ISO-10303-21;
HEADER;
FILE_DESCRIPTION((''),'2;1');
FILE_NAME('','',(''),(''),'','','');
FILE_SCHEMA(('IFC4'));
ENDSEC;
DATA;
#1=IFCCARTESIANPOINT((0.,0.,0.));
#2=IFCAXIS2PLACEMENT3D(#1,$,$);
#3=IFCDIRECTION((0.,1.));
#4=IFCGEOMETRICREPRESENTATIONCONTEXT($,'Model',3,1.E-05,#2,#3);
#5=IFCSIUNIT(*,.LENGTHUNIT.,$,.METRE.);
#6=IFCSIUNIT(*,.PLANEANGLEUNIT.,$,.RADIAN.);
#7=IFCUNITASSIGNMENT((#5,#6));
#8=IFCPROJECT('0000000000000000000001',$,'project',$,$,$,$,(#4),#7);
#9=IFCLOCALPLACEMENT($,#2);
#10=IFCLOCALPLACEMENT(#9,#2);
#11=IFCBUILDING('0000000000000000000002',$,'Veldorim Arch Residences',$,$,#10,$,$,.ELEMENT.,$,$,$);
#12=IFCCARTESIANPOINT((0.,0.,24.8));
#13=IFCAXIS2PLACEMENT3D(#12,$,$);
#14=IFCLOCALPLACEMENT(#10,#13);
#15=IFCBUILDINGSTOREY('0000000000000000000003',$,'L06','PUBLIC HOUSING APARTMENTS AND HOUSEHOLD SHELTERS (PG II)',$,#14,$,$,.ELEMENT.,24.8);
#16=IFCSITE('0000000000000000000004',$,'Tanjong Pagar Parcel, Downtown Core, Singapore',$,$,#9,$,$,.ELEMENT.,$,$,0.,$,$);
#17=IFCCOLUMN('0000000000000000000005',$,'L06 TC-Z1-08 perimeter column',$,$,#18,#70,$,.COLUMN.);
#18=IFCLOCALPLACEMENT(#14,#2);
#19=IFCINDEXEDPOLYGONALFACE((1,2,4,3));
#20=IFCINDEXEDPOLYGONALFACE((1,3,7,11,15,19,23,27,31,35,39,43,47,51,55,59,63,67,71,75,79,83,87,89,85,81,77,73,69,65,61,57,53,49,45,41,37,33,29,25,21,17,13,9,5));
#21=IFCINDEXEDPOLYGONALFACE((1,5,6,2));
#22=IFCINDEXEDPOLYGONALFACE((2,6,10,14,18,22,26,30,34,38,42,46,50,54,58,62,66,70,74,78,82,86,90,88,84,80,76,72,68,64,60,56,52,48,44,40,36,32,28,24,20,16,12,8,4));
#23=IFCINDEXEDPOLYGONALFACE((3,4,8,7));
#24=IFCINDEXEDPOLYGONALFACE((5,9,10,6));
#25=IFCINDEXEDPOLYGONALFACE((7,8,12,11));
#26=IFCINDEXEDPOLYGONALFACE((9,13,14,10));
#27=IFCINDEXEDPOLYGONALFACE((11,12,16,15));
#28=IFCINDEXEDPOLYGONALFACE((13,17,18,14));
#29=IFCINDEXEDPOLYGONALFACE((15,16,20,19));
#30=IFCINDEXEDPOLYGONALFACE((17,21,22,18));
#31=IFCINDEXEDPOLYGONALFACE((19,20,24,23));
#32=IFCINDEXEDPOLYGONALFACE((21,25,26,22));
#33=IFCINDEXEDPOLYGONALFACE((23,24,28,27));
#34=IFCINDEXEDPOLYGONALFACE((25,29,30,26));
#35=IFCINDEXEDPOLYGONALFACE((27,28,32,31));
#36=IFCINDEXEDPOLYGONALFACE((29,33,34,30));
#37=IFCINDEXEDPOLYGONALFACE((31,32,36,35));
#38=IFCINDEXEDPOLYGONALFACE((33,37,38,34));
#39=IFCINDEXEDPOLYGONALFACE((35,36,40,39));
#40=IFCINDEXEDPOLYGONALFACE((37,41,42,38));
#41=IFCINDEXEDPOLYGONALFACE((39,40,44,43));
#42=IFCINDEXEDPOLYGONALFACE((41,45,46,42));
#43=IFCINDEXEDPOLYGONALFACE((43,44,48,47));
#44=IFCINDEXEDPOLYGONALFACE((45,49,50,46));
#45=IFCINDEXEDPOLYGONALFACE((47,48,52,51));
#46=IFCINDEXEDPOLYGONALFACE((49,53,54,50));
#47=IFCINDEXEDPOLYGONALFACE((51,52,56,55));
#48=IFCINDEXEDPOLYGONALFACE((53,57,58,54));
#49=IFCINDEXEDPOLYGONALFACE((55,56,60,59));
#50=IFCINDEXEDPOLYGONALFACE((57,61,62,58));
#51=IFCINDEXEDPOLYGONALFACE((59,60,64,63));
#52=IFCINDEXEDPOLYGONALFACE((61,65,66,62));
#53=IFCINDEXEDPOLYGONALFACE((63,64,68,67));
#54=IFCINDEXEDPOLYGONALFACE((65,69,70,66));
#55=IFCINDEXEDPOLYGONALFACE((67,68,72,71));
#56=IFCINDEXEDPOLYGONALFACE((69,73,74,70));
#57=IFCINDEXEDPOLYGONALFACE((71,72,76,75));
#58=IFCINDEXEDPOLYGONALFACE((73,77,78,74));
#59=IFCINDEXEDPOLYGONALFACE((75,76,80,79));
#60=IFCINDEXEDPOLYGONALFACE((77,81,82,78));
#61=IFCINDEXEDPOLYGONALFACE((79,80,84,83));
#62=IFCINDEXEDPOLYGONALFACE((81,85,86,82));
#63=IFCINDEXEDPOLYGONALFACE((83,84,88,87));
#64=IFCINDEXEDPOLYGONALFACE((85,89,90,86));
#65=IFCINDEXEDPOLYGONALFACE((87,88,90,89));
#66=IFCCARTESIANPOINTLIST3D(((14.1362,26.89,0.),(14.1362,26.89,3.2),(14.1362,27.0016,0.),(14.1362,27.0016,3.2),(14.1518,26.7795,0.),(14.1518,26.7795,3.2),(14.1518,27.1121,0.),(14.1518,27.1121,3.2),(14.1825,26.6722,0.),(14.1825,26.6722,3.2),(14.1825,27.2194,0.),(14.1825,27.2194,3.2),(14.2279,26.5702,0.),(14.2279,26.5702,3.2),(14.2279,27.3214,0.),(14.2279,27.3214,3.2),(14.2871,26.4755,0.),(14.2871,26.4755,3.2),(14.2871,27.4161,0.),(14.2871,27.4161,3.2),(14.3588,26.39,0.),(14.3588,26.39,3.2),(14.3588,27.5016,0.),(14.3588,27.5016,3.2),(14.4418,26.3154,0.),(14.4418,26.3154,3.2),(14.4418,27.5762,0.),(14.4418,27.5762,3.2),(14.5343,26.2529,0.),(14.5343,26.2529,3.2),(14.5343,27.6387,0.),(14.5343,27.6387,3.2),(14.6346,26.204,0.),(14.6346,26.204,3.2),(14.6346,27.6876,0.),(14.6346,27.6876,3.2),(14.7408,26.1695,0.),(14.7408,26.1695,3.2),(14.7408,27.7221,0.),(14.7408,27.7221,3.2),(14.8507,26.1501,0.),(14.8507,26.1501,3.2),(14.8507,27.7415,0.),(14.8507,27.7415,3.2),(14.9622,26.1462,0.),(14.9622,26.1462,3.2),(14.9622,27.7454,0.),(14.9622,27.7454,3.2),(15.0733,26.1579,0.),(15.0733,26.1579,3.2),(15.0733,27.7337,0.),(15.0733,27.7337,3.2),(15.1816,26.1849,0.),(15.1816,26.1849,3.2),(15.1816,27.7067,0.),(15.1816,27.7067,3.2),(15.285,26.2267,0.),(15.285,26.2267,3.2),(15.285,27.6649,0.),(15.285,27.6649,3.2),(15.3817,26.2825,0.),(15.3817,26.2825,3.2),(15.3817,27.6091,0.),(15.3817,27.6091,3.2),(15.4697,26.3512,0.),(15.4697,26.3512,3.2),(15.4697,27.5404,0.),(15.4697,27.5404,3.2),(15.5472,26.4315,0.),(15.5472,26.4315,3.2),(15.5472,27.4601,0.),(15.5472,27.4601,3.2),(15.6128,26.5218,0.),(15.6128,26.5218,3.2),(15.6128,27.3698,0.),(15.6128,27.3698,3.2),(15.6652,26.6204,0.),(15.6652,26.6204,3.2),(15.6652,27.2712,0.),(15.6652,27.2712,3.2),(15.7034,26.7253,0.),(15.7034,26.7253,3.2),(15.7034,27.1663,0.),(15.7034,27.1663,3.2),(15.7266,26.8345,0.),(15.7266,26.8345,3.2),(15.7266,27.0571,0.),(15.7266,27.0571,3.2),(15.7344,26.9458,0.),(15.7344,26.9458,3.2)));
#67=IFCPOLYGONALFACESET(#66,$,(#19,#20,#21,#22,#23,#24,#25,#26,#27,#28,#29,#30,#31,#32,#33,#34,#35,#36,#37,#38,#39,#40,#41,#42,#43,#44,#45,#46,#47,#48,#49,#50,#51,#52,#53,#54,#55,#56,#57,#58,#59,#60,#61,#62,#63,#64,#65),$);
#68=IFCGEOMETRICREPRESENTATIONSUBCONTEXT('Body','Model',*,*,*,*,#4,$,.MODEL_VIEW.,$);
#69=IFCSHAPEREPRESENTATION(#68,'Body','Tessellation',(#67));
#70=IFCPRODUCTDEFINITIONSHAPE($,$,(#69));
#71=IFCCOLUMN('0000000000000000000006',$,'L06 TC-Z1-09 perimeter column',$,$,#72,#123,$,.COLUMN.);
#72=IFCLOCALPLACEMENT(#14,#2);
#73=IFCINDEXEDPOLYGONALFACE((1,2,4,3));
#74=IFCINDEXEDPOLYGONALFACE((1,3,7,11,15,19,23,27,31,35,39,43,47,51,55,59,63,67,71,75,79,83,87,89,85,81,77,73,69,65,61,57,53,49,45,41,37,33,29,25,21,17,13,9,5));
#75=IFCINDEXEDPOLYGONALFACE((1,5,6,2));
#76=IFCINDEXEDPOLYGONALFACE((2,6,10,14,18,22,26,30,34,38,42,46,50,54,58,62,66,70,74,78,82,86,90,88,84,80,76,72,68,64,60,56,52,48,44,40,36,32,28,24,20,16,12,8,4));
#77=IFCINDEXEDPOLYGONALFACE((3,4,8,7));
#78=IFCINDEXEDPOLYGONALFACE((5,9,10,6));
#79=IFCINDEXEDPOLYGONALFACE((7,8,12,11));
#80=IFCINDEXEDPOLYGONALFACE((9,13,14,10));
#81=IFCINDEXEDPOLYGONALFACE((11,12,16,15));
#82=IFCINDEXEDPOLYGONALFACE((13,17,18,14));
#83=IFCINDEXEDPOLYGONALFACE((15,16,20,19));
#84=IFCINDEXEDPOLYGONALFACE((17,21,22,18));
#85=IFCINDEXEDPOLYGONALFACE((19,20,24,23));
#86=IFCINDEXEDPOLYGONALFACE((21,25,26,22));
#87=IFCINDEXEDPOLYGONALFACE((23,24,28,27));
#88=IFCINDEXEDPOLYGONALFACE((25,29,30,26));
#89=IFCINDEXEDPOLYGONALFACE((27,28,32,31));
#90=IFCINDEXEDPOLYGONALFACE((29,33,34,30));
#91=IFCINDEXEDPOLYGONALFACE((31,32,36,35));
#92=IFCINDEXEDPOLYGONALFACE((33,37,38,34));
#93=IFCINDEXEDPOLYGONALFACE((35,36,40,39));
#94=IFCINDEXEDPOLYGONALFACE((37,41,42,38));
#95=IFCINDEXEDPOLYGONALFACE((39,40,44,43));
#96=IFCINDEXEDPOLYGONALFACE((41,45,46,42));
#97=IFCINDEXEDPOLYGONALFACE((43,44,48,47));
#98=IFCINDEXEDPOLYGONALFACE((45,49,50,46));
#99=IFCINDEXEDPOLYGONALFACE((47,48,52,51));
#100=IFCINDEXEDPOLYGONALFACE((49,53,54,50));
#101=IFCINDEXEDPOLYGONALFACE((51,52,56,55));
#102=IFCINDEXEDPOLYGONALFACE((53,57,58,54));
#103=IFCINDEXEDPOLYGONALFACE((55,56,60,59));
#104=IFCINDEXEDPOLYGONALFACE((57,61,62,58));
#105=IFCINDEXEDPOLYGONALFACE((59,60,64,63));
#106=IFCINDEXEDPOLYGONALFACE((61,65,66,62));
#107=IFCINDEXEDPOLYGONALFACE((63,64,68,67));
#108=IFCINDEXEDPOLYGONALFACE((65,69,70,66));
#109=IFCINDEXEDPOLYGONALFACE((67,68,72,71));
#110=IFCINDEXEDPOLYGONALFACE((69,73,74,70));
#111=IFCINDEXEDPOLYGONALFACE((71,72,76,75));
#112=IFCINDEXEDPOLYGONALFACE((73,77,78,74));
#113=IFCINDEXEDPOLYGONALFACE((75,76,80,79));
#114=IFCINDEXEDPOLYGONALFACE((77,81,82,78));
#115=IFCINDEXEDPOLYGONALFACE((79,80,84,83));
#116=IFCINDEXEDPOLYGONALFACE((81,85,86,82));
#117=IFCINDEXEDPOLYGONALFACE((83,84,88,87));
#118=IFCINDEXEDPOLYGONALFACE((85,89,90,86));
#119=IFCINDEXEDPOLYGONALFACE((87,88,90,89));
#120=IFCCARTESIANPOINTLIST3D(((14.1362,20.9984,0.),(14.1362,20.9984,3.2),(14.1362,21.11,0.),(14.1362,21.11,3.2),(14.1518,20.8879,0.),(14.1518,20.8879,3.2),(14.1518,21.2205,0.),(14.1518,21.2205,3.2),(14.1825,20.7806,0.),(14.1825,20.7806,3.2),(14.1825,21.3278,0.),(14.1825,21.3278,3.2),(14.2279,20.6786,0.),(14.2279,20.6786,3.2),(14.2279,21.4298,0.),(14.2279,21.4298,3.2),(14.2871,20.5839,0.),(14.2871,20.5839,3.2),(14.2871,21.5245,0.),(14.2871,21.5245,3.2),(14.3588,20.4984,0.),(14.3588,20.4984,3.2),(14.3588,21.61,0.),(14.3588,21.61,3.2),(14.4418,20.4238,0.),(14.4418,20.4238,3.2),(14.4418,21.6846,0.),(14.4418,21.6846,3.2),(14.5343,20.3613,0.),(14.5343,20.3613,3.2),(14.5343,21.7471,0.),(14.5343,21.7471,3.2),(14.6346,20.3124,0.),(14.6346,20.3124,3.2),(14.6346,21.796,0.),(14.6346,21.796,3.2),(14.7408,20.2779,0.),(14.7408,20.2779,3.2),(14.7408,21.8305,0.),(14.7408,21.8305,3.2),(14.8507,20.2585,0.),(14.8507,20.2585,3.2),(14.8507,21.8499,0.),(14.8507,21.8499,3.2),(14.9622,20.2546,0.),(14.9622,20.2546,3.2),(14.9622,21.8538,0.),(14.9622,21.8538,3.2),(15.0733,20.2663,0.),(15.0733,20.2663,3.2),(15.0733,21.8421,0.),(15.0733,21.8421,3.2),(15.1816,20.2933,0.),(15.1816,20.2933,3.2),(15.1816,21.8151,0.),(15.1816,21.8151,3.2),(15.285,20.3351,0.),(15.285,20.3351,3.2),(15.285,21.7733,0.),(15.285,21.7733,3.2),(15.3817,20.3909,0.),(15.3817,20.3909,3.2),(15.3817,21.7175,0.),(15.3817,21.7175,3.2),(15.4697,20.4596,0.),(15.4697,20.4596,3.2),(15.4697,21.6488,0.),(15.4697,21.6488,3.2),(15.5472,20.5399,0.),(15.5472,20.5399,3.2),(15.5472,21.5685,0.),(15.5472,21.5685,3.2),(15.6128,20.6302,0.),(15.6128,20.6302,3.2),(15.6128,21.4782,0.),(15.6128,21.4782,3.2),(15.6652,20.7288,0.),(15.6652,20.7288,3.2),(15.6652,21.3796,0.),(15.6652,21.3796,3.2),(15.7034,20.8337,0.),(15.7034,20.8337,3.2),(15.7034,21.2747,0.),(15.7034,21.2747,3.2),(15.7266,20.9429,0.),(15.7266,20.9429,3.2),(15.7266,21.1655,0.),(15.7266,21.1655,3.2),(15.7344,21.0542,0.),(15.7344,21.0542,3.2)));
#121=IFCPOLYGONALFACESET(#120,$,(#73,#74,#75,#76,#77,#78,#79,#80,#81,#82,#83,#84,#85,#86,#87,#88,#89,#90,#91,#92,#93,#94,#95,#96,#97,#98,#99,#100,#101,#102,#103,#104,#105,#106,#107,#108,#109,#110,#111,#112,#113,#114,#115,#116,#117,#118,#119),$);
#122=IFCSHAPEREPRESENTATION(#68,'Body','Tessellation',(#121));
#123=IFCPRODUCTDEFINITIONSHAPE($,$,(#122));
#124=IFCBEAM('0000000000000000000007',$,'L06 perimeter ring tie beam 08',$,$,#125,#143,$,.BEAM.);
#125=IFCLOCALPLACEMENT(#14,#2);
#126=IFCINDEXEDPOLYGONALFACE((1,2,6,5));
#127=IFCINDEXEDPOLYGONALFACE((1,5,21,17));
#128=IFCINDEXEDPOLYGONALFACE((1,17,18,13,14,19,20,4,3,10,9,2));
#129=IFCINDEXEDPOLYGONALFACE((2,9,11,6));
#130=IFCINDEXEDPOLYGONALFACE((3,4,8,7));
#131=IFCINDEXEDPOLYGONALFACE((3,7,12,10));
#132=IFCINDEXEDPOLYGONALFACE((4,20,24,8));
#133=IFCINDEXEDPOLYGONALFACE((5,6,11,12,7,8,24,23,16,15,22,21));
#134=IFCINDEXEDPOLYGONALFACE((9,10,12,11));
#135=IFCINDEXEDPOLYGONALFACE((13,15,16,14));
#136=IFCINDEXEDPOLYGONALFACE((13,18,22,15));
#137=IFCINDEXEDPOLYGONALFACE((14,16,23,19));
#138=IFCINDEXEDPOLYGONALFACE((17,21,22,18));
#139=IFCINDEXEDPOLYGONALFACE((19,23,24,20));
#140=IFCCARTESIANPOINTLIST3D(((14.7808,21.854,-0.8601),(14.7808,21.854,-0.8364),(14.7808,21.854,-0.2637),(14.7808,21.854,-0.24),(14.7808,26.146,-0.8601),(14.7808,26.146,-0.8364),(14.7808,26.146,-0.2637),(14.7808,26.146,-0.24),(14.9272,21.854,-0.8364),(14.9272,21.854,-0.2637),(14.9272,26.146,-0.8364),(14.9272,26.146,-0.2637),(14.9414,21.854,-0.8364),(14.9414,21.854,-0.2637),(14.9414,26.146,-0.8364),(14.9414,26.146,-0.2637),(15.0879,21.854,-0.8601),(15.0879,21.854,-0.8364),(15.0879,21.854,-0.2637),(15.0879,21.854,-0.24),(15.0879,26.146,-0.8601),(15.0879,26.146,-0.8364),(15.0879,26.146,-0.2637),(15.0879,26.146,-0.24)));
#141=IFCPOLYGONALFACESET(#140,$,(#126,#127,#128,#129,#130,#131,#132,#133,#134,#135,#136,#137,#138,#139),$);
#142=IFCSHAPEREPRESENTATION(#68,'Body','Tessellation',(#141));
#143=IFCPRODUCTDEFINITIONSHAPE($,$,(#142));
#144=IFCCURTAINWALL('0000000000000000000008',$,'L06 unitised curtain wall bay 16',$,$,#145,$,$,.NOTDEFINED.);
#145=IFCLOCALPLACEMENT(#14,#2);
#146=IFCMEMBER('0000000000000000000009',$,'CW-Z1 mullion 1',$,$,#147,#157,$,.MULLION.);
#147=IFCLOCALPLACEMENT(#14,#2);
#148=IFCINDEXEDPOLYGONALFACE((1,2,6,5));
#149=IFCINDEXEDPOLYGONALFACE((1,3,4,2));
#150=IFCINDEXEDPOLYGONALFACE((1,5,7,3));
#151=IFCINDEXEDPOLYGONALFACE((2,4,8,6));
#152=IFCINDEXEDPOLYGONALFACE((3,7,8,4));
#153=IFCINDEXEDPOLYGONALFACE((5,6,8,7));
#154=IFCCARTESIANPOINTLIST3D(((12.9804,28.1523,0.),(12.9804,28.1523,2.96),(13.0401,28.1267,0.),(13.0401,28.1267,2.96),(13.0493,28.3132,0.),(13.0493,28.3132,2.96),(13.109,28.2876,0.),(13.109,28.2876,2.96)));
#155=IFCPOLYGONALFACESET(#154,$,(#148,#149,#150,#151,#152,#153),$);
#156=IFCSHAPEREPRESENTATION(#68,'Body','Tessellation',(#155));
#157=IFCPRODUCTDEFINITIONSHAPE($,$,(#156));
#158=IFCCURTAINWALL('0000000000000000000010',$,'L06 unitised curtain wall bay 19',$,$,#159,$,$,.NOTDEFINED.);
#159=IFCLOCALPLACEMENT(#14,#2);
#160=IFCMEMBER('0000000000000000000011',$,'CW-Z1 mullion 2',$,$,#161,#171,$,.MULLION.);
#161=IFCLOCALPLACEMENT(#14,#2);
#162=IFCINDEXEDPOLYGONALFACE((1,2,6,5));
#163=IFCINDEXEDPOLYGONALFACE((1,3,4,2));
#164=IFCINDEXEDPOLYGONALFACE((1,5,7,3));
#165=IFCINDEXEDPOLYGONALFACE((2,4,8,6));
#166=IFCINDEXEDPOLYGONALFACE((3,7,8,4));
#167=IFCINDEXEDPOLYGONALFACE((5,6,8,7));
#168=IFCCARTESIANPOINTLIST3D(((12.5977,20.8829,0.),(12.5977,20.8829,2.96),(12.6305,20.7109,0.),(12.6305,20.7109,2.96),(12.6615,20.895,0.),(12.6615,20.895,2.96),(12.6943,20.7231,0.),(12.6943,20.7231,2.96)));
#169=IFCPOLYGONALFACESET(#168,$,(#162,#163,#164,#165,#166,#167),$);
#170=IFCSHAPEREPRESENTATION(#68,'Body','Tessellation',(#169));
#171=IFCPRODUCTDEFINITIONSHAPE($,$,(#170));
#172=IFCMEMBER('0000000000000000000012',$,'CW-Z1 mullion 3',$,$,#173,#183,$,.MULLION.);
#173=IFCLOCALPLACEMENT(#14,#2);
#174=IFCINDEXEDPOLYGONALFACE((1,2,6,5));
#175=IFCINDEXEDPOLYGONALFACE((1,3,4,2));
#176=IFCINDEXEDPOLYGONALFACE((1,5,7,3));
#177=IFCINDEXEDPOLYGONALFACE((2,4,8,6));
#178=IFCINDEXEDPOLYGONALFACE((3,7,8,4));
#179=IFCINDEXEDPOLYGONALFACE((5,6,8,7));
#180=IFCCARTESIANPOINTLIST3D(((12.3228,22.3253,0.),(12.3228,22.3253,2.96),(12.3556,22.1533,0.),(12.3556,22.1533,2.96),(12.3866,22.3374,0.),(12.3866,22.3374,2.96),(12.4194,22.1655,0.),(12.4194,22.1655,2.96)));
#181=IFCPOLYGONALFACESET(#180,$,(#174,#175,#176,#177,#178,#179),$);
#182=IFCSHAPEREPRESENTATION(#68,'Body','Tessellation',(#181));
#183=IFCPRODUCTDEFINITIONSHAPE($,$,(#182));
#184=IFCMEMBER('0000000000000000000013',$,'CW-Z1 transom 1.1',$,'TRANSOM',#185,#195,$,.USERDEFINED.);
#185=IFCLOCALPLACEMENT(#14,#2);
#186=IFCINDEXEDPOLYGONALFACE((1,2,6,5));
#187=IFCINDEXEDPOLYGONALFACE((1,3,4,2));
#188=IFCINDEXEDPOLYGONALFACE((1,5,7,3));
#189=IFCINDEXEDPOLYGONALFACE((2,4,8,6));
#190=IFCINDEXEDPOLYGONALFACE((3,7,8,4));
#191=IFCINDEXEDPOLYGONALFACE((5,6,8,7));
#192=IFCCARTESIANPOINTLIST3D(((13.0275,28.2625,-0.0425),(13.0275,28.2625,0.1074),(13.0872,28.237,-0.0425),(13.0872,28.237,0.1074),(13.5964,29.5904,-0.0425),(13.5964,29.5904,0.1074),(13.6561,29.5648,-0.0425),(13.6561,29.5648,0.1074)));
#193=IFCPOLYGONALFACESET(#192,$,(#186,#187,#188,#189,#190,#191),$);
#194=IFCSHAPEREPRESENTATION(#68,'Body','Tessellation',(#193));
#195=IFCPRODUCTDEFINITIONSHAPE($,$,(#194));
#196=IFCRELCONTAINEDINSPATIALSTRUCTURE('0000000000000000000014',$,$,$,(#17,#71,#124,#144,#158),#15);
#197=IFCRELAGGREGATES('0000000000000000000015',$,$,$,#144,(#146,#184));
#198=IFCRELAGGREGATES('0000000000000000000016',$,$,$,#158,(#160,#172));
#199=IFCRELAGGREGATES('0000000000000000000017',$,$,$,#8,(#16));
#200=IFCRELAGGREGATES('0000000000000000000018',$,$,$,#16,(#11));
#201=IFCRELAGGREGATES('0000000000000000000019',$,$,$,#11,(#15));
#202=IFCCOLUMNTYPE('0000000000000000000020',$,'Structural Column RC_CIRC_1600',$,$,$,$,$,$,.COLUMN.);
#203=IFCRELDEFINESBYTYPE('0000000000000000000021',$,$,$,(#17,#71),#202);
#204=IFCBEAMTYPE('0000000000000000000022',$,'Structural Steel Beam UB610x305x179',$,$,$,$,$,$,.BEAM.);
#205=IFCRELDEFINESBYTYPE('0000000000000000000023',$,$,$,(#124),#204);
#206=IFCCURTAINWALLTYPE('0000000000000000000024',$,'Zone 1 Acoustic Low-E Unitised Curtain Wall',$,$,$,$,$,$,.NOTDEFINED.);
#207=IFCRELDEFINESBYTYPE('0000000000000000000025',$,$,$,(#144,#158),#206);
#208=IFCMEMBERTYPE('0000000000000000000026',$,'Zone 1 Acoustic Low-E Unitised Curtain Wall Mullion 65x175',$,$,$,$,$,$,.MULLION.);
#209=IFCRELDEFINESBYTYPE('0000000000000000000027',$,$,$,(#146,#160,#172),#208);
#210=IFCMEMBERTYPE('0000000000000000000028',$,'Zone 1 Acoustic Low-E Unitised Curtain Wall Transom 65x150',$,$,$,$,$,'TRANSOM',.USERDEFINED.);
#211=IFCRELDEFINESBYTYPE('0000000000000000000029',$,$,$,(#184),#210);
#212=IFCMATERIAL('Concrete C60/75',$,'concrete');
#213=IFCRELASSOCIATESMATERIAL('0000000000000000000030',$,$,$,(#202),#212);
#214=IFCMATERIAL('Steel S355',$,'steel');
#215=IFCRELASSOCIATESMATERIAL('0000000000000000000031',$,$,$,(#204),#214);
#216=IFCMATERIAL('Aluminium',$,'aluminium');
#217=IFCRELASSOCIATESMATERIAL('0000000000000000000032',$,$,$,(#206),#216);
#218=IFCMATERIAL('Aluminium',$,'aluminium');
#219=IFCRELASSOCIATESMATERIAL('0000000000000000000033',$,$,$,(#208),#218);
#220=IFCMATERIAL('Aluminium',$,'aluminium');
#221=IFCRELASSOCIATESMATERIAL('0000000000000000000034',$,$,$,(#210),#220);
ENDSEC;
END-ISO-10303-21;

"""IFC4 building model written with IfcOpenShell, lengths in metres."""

from ifc_helpers import new_model, si_unit, direction, frame, origin, origin_2d, place, context, subcontext, project, spatial, rectangle, circle, i_section, extrude, material, material_profile, profile_set, type_object, element, aggregate, save


model = new_model("IFC4")

# Units and contexts
model_context = context("Model", 3, precision=1e-05, world=origin(), true_north=direction((0.0, 1.0)))
body_context = subcontext(model_context, "Body", "Model", "MODEL_VIEW")
ifc_project = project(units=[si_unit("LENGTHUNIT", "METRE"), si_unit("PLANEANGLEUNIT", "RADIAN")], contexts=[model_context])

# Site, building, storey
site_placement = place(None, origin())
site = spatial("IfcSite", under=ifc_project, at=site_placement, Name="Tanjong Pagar Parcel, Downtown Core, Singapore", CompositionType="ELEMENT", RefElevation=0.0)
building_placement = place(site_placement, origin())
building = spatial("IfcBuilding", under=site, at=building_placement, Name="Veldorim Arch Residences", CompositionType="ELEMENT")
storey_placement = place(building_placement, frame((0.0, 0.0, 24.8)))
storey = spatial("IfcBuildingStorey", under=building, at=storey_placement, Name="L06", Description="PUBLIC HOUSING APARTMENTS AND HOUSEHOLD SHELTERS (PG II)", CompositionType="ELEMENT", Elevation=24.8)

# Columns
ifc_material_1 = material(Name="Concrete C60/75", Category="concrete")
ifc_material_profile_1 = material_profile(ifc_material_1, circle(Radius=0.8, at=origin_2d()), Name="RC_CIRC_1600")
ifc_profile_set_1 = profile_set([ifc_material_profile_1], Name="Concrete C60/75")
column_type = type_object("IfcColumnType", Name="Structural Column RC_CIRC_1600", PredefinedType="COLUMN", material=ifc_profile_set_1)
for number, where, z_axis, x_axis, name in (
    (1, (14.9343, 26.9458, 0.0), (0.0, 0.0, 1.0), (1.0, 0.0, 0.0), "L06 TC-Z1-08 perimeter column"),
    (2, (14.9343, 21.0542, 0.0), (0.0, 0.0, 1.0), (1.0, 0.0, 0.0), "L06 TC-Z1-09 perimeter column"),
):
    element("IfcColumn", number, at=place(storey_placement, frame(where, z_axis=z_axis, x_axis=x_axis)), inside=storey, type_object=column_type, Name=name, PredefinedType="COLUMN", context=body_context, shape_type="SweptSolid", body=[
        extrude(circle(Radius=0.8, at=origin_2d()), origin(), (0.0, 0.0, 1.0), 3.2),
    ])

# Beam
ifc_material_2 = material(Name="Steel S355", Category="steel")
ifc_material_profile_2 = material_profile(ifc_material_2, i_section(OverallWidth=0.3071, OverallDepth=0.6201, WebThickness=0.0142, FlangeThickness=0.0237, at=origin_2d()), Name="UB610x305x179")
ifc_profile_set_2 = profile_set([ifc_material_profile_2], Name="Steel S355")
beam_type = type_object("IfcBeamType", Name="Structural Steel Beam UB610x305x179", PredefinedType="BEAM", material=ifc_profile_set_2)
beam_placement = place(storey_placement, frame((14.9343, 26.146, -0.55), z_axis=(0.0, -1.0, 0.0), x_axis=(1.0, 0.0, 0.0)))
element("IfcBeam", 3, at=beam_placement, inside=storey, type_object=beam_type, Name="L06 perimeter ring tie beam 08", PredefinedType="BEAM", context=body_context, shape_type="SweptSolid", body=[
    extrude(i_section(OverallWidth=0.3071, OverallDepth=0.6201, WebThickness=0.0142, FlangeThickness=0.0237, at=origin_2d()), origin(), (0.0, 0.0, 1.0), 4.292),
])

# Curtain wall, member
ifc_material_3 = material(Name="Aluminium", Category="aluminium")
curtain_wall_type = type_object("IfcCurtainWallType", Name="Zone 1 Acoustic Low-E Unitised Curtain Wall", PredefinedType="NOTDEFINED", material=ifc_material_3)
curtain_wall_1_placement = place(storey_placement, origin())
curtain_wall_1 = element("IfcCurtainWall", 4, at=curtain_wall_1_placement, inside=storey, type_object=curtain_wall_type, Name="L06 unitised curtain wall bay 16", PredefinedType="NOTDEFINED")
ifc_material_4 = material(Name="Aluminium", Category="aluminium")
ifc_material_profile_3 = material_profile(ifc_material_4, rectangle(XDim=0.0649, YDim=0.175, at=origin_2d()), Name="ALU_MUL_65x175")
ifc_profile_set_3 = profile_set([ifc_material_profile_3], Name="Aluminium")
member_type_1 = type_object("IfcMemberType", Name="Zone 1 Acoustic Low-E Unitised Curtain Wall Mullion 65x175", PredefinedType="MULLION", material=ifc_profile_set_3)
member_1_placement = place(storey_placement, frame((13.0447, 28.22, 0.0), z_axis=(0.0, 0.0, 1.0), x_axis=(-0.919222, 0.393739, 0.0)))
member_1 = element("IfcMember", 5, at=member_1_placement, type_object=member_type_1, Name="CW-Z1 mullion 1", PredefinedType="MULLION", context=body_context, shape_type="SweptSolid", body=[
    extrude(rectangle(XDim=0.0649, YDim=0.175, at=origin_2d()), origin(), (0.0, 0.0, 1.0), 2.96),
])

# Curtain wall, members
curtain_wall_2_placement = place(storey_placement, origin())
curtain_wall_2 = element("IfcCurtainWall", 6, at=curtain_wall_2_placement, inside=storey, type_object=curtain_wall_type, Name="L06 unitised curtain wall bay 19", PredefinedType="NOTDEFINED")
member_2_placement = place(storey_placement, frame((12.646, 20.803, 0.0), z_axis=(0.0, 0.0, 1.0), x_axis=(-0.982318, -0.187222, 0.0)))
member_2 = element("IfcMember", 7, at=member_2_placement, type_object=member_type_1, Name="CW-Z1 mullion 2", PredefinedType="MULLION", context=body_context, shape_type="SweptSolid", body=[
    extrude(rectangle(XDim=0.0649, YDim=0.175, at=origin_2d()), origin(), (0.0, 0.0, 1.0), 2.96),
])
member_3_placement = place(storey_placement, frame((12.3711, 22.2454, 0.0), z_axis=(0.0, 0.0, 1.0), x_axis=(-0.982318, -0.187222, 0.0)))
member_3 = element("IfcMember", 8, at=member_3_placement, type_object=member_type_1, Name="CW-Z1 mullion 3", PredefinedType="MULLION", context=body_context, shape_type="SweptSolid", body=[
    extrude(rectangle(XDim=0.0649, YDim=0.175, at=origin_2d()), origin(), (0.0, 0.0, 1.0), 2.96),
])

# Member
ifc_material_5 = material(Name="Aluminium", Category="aluminium")
ifc_material_profile_4 = material_profile(ifc_material_5, rectangle(XDim=0.0649, YDim=0.1499, at=origin_2d()), Name="ALU_TRN_65x150")
ifc_profile_set_4 = profile_set([ifc_material_profile_4], Name="Aluminium")
member_type_2 = type_object("IfcMemberType", Name="Zone 1 Acoustic Low-E Unitised Curtain Wall Transom 65x150", ElementType="TRANSOM", PredefinedType="USERDEFINED", material=ifc_profile_set_4)
member_4_placement = place(storey_placement, frame((13.0574, 28.2498, 0.0325), z_axis=(0.393777, 0.919206, 0.0), x_axis=(-0.919206, 0.393777, 0.0)))
member_4 = element("IfcMember", 9, at=member_4_placement, type_object=member_type_2, Name="CW-Z1 transom 1.1", ObjectType="TRANSOM", PredefinedType="USERDEFINED", context=body_context, shape_type="SweptSolid", body=[
    extrude(rectangle(XDim=0.0649, YDim=0.1499, at=origin_2d()), origin(), (0.0, 0.0, 1.0), 1.4446),
])
aggregate(curtain_wall_1, [member_1, member_4])

aggregate(curtain_wall_2, [member_2, member_3])

save(model, "model.ifc")
